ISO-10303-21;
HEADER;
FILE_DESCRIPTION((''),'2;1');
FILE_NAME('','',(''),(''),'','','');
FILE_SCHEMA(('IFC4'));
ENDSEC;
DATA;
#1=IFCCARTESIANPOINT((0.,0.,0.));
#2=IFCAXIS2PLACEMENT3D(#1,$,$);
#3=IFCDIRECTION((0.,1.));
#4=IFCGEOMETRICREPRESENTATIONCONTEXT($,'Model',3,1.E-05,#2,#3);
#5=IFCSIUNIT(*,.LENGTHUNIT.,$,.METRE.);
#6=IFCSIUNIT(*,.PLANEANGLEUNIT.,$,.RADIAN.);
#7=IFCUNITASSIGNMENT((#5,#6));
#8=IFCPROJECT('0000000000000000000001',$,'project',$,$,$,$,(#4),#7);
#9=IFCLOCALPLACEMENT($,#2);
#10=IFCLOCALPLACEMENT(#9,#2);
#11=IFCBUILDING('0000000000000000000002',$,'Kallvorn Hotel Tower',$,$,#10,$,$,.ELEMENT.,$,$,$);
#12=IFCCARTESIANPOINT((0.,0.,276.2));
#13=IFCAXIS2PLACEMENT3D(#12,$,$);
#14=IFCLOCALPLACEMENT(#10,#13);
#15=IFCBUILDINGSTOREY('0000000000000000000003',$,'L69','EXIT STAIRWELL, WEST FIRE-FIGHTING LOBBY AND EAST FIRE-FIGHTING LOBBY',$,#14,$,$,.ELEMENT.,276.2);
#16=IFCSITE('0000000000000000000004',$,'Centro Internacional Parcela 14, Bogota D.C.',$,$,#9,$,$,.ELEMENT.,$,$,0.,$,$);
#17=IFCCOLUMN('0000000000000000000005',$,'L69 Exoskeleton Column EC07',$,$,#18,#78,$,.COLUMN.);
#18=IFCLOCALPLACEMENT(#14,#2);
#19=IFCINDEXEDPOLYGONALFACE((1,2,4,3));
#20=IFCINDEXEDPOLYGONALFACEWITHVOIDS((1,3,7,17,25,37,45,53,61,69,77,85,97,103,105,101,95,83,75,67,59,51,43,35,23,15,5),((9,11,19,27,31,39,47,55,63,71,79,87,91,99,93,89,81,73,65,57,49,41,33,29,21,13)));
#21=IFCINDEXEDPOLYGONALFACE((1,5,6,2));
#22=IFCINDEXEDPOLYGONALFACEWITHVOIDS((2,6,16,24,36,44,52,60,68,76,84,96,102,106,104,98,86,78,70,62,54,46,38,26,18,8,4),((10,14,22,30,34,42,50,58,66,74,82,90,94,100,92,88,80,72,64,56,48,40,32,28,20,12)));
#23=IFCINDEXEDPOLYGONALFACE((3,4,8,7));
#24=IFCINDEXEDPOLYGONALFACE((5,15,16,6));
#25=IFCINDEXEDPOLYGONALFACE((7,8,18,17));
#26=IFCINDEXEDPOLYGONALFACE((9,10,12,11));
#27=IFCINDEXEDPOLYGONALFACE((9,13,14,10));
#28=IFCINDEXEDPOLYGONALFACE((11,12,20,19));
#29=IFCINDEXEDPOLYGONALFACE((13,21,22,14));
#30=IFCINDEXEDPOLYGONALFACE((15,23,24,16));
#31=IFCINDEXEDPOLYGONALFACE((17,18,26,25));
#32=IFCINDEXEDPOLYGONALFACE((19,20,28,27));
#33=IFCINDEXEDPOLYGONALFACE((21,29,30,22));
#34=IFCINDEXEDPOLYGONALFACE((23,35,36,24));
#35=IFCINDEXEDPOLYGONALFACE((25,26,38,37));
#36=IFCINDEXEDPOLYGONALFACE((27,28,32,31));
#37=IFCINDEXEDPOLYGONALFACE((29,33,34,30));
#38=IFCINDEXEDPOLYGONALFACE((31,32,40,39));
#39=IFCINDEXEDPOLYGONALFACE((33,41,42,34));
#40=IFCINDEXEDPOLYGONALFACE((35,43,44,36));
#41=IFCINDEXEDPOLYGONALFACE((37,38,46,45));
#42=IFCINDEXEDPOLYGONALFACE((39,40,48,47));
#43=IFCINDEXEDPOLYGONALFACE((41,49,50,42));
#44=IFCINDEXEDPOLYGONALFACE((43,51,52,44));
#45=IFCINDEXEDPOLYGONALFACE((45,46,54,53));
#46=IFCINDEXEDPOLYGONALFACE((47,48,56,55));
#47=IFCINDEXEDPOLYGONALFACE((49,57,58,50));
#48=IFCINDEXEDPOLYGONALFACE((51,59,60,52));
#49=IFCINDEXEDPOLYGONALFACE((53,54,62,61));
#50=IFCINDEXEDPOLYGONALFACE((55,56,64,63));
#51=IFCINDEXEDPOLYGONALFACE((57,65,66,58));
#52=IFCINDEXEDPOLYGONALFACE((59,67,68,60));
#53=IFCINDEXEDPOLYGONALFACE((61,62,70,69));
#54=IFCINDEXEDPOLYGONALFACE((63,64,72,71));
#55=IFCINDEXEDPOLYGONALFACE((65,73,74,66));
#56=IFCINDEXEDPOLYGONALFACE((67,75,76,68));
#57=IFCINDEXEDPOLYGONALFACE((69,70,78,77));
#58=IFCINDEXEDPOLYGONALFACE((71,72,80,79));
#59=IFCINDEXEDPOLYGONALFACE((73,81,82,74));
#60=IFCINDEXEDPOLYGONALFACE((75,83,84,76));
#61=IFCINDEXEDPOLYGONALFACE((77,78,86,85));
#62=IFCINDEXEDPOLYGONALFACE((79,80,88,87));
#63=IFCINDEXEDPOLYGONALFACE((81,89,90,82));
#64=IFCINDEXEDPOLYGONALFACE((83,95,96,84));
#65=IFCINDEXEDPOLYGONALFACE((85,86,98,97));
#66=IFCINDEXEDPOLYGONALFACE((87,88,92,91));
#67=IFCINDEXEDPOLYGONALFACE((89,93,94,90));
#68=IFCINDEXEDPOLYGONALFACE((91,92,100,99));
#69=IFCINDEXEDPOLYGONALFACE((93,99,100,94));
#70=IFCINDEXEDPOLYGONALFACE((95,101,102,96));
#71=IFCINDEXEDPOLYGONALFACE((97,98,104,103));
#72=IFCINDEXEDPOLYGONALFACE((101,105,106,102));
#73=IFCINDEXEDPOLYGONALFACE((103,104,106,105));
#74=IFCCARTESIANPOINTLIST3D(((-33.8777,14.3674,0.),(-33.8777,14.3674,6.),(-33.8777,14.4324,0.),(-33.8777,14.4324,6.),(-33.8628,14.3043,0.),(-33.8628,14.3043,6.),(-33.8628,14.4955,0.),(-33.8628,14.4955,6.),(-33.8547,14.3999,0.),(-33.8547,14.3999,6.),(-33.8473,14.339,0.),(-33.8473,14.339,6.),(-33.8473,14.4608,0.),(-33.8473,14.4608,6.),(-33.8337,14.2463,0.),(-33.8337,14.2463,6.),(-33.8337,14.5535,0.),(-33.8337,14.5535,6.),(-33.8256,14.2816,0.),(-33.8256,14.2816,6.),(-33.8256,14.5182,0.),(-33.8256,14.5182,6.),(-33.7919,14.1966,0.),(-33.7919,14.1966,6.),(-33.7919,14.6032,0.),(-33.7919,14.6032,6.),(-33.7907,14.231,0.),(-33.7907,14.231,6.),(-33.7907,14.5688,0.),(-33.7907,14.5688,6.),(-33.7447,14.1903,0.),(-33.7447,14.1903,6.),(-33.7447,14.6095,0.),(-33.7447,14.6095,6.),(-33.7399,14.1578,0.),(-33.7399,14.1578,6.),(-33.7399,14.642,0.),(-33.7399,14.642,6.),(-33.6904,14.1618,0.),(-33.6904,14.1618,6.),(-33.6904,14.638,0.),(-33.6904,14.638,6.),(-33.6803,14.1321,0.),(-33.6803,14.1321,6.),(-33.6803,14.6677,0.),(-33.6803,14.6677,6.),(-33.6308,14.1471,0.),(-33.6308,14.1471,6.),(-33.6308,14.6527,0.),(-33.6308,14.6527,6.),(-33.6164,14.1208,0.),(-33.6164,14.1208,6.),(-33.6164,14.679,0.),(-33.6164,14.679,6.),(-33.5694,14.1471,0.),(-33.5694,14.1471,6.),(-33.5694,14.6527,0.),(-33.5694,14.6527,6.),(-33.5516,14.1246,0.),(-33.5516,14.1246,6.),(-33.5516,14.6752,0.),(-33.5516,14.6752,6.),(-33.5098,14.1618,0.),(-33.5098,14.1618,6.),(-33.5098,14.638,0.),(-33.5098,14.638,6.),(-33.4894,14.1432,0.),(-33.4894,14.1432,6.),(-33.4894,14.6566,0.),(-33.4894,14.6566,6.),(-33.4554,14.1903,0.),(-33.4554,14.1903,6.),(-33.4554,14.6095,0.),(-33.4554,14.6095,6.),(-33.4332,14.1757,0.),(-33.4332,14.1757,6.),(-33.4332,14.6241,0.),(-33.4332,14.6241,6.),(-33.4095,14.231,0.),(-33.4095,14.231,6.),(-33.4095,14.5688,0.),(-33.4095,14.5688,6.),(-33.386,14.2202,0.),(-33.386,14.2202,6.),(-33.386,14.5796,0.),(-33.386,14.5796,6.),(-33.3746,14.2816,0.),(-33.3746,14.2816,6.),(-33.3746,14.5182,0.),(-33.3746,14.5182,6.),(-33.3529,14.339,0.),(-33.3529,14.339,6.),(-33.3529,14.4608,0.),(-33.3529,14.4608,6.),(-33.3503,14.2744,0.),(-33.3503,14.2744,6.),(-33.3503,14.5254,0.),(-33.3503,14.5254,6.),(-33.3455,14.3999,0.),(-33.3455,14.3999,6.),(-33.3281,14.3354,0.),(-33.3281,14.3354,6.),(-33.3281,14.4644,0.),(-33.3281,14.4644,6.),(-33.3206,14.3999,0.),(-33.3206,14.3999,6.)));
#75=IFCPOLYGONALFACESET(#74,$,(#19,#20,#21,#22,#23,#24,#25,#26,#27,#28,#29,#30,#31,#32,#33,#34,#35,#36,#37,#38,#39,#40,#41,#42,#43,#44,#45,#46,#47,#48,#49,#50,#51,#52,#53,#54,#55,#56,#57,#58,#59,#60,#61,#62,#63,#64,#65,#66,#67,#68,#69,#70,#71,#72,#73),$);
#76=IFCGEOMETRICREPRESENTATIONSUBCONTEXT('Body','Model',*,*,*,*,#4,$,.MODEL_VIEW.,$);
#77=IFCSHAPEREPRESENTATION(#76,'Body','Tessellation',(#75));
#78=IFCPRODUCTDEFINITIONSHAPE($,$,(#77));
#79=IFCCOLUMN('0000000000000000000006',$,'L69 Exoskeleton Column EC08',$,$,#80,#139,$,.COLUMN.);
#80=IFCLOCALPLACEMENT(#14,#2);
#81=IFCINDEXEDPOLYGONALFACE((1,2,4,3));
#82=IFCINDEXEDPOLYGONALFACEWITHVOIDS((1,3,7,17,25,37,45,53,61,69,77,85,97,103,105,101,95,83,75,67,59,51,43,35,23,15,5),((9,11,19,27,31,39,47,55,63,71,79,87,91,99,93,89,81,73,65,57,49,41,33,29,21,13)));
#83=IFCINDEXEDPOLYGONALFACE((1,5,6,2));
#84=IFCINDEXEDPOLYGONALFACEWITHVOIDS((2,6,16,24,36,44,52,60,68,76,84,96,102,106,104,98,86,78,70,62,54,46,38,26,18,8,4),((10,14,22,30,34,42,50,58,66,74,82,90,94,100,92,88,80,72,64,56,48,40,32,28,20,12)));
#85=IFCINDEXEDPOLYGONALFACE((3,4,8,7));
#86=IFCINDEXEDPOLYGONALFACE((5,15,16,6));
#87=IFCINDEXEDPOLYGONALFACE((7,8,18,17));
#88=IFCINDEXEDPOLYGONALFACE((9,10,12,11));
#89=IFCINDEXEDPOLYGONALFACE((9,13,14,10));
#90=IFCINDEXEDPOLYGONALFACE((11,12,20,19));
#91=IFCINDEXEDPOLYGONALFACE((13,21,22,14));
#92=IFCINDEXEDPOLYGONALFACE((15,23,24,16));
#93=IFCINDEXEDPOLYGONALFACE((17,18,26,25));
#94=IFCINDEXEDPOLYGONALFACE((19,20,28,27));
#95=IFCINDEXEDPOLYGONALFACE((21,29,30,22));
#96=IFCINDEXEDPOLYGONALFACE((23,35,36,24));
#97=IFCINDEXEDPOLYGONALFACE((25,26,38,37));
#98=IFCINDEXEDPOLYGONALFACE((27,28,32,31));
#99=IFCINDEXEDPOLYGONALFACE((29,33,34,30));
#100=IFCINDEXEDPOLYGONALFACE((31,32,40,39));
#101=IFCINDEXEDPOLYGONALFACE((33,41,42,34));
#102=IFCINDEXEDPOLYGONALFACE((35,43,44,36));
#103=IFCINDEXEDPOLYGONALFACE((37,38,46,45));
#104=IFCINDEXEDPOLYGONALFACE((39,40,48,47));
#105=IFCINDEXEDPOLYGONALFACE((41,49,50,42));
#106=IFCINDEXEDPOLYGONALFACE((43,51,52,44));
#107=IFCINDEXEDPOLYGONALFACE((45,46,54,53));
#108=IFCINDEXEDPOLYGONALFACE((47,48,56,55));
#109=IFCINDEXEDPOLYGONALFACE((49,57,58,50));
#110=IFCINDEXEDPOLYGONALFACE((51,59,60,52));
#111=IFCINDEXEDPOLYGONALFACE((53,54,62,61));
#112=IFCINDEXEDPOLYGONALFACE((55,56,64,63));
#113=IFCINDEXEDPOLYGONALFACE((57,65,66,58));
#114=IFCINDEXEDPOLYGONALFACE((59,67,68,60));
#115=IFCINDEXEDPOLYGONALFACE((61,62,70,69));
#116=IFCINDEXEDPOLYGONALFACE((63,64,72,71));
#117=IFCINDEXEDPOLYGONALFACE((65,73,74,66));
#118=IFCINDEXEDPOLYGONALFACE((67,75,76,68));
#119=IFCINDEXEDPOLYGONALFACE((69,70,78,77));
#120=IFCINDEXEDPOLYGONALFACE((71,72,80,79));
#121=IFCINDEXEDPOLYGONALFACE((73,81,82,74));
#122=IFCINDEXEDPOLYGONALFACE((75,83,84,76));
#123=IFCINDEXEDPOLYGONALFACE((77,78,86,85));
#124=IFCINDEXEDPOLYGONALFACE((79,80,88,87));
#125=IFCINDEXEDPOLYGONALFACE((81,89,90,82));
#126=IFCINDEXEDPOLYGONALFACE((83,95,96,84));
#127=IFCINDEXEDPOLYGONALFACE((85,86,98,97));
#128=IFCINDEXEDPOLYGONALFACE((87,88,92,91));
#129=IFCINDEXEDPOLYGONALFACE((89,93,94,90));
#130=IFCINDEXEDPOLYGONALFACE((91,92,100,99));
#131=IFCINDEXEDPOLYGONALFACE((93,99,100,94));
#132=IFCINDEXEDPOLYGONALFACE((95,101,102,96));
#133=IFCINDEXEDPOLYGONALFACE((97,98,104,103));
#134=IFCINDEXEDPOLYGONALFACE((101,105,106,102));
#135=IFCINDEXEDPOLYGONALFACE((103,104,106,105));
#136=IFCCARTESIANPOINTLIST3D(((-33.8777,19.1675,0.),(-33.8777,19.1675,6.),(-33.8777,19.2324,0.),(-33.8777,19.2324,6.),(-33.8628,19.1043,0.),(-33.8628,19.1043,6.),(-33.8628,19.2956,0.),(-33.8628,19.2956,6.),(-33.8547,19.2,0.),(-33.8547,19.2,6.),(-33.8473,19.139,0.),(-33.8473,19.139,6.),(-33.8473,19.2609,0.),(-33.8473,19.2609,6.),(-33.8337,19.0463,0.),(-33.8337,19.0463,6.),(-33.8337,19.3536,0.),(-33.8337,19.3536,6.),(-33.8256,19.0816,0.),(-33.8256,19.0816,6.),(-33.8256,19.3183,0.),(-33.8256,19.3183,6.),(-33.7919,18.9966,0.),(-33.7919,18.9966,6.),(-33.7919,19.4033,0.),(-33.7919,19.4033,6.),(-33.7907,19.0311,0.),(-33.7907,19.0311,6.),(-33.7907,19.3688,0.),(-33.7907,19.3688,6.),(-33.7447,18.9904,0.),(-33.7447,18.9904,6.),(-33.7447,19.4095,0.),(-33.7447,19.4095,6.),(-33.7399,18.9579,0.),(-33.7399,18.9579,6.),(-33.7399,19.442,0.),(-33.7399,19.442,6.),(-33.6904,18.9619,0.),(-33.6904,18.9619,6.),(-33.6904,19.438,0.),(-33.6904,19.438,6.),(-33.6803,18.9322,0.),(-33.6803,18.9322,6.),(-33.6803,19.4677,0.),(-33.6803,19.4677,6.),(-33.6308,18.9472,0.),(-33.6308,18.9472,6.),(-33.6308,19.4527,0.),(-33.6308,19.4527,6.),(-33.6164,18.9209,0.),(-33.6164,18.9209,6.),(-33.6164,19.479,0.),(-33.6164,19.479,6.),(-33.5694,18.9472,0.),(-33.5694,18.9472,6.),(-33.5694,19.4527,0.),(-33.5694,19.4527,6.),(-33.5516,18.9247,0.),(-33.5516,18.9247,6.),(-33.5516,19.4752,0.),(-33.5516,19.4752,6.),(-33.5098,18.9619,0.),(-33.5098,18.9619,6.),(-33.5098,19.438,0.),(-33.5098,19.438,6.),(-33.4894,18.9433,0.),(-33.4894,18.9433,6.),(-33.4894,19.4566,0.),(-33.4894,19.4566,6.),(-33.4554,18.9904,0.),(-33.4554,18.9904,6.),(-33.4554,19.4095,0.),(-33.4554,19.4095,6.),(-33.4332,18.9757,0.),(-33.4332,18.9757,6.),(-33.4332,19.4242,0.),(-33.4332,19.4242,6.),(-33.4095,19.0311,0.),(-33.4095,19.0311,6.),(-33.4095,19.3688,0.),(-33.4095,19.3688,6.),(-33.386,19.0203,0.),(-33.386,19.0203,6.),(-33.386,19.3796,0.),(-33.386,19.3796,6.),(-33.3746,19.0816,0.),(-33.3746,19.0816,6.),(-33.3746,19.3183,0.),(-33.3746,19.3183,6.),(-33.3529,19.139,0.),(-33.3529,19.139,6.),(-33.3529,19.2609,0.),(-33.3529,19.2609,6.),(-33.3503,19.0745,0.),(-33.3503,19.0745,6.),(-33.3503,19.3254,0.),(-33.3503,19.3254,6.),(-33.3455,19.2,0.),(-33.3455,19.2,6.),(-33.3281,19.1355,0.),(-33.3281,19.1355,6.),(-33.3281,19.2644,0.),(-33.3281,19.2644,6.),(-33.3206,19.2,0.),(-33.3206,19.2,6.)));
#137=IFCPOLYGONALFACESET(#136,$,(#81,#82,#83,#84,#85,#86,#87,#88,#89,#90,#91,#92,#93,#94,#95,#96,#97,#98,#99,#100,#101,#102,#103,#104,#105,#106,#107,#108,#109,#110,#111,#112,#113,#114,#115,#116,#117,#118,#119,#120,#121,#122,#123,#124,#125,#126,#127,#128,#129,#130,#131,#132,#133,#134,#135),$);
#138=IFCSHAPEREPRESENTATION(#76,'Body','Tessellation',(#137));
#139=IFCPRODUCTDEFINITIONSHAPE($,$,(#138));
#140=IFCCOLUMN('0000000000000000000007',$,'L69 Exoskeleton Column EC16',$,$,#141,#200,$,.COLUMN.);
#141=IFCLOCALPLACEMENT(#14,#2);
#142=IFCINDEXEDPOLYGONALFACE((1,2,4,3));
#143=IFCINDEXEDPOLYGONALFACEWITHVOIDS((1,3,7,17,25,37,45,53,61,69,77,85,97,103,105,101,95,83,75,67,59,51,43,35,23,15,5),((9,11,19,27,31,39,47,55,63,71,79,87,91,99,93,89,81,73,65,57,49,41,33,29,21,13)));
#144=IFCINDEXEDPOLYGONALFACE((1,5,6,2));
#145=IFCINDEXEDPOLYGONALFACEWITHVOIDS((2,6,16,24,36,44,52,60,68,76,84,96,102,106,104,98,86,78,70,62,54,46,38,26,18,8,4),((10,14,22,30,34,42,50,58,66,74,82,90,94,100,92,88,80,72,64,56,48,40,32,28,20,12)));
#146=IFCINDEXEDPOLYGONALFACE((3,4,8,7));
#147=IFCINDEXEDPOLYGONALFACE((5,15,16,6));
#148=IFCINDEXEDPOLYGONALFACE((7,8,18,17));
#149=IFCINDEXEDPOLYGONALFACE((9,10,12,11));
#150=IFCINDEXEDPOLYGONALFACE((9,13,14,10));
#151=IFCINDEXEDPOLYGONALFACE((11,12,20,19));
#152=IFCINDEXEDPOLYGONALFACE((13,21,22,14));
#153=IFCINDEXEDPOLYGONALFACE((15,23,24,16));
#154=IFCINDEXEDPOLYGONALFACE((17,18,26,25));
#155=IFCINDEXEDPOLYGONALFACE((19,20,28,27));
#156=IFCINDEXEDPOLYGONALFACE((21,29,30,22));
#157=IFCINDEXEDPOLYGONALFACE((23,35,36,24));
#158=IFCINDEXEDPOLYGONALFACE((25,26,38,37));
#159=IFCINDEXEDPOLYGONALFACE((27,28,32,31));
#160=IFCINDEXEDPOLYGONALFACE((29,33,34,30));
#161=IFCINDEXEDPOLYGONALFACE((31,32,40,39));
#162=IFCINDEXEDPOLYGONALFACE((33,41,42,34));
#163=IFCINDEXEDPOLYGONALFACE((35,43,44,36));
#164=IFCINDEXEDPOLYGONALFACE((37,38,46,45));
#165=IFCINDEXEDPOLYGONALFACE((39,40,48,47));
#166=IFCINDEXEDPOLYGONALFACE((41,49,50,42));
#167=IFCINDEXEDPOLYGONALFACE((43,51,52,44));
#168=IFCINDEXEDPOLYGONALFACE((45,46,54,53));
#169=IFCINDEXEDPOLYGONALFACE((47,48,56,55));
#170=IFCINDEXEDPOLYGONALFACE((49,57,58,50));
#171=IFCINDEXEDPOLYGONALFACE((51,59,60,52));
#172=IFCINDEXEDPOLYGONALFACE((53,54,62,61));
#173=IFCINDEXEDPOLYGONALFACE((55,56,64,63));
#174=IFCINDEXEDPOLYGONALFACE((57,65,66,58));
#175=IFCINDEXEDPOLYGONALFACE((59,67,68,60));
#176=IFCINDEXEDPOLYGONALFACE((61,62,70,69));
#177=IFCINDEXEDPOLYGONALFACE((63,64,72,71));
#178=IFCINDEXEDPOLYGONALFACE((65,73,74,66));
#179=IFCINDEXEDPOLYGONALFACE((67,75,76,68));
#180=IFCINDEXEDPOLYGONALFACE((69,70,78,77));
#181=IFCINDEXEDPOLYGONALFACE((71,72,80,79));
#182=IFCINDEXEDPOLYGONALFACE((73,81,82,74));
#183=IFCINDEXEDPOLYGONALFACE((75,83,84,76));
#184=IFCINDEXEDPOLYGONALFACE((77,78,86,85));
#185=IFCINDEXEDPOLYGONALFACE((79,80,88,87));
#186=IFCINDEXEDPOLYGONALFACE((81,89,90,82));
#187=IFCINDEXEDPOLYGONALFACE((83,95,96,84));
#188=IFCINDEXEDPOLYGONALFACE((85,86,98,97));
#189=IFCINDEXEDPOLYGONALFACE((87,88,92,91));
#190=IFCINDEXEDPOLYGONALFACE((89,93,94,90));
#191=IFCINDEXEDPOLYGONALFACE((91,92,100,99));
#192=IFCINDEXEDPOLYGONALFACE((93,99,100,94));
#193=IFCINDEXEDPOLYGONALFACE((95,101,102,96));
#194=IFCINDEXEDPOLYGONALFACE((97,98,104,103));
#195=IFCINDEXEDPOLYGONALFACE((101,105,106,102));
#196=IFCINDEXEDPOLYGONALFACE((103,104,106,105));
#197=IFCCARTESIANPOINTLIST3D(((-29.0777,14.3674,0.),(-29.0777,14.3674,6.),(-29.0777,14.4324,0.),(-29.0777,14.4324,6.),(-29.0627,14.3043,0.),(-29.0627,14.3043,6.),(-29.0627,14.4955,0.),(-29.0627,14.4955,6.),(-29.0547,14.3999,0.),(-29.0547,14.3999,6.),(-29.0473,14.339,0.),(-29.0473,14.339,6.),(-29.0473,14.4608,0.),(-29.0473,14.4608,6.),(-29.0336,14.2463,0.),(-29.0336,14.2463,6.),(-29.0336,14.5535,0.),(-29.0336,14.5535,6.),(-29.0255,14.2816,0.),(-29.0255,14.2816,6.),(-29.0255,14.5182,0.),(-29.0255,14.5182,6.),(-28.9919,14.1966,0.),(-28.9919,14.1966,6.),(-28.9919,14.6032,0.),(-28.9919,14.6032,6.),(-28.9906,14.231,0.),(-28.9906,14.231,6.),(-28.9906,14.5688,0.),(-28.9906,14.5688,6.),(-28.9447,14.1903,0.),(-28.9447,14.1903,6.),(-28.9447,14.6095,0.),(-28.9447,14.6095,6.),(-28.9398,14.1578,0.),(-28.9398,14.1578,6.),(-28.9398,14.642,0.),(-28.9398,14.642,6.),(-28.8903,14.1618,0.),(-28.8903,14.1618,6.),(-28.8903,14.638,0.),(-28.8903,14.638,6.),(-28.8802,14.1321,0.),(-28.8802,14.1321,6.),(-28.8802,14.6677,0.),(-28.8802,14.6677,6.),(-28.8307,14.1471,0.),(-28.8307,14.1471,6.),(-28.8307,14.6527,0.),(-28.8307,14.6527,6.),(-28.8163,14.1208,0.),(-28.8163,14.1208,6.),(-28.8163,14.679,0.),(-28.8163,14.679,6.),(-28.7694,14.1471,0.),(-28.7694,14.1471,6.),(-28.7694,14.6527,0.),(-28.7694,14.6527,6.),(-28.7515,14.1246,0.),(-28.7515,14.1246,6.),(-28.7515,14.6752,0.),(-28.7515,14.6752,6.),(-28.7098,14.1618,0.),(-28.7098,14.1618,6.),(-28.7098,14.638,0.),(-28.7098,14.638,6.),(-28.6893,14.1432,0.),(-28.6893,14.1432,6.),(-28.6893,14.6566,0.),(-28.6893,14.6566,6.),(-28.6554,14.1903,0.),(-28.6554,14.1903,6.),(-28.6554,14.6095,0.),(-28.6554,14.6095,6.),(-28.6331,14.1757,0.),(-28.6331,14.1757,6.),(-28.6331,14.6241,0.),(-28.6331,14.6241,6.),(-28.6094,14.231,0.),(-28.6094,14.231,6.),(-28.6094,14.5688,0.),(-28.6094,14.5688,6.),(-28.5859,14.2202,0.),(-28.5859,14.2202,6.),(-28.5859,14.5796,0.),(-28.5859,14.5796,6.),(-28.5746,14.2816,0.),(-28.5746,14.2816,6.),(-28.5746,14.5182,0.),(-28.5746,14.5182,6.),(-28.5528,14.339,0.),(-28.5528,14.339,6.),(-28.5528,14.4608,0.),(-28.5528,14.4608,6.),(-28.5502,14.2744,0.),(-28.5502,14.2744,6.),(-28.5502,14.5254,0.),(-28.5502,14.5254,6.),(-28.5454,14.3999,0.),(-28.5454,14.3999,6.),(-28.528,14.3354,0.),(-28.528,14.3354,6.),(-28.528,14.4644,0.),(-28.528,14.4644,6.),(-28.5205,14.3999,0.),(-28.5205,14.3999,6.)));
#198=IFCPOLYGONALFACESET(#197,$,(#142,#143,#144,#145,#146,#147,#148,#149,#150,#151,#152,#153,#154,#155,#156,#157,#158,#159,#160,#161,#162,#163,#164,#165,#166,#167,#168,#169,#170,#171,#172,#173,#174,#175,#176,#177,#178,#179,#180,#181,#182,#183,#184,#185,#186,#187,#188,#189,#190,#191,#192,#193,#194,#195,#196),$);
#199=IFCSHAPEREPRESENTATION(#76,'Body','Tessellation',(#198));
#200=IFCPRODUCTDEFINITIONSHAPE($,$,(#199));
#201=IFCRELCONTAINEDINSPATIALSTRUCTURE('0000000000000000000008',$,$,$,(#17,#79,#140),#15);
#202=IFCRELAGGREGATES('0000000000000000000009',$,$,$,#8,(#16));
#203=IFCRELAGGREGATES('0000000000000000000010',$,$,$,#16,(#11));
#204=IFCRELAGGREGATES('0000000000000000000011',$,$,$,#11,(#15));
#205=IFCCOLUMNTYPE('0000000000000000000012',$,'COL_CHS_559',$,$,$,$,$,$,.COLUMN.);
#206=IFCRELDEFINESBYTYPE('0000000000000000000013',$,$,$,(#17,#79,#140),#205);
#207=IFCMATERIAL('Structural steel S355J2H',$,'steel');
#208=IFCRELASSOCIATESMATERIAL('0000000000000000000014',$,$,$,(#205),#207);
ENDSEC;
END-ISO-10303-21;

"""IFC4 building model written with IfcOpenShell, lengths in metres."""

from ifc_helpers import new_model, si_unit, direction, frame, origin, origin_2d, place, context, subcontext, project, spatial, hollow_circle, extrude, material, material_profile, profile_set, type_object, element, save


model = new_model("IFC4")

# Units and contexts
model_context = context("Model", 3, precision=1e-05, world=origin(), true_north=direction((0.0, 1.0)))
body_context = subcontext(model_context, "Body", "Model", "MODEL_VIEW")
ifc_project = project(units=[si_unit("LENGTHUNIT", "METRE"), si_unit("PLANEANGLEUNIT", "RADIAN")], contexts=[model_context])

# Site, building, storey
site_placement = place(None, origin())
site = spatial("IfcSite", under=ifc_project, at=site_placement, Name="Centro Internacional Parcela 14, Bogota D.C.", CompositionType="ELEMENT", RefElevation=0.0)
building_placement = place(site_placement, origin())
building = spatial("IfcBuilding", under=site, at=building_placement, Name="Kallvorn Hotel Tower", CompositionType="ELEMENT")
storey_placement = place(building_placement, frame((0.0, 0.0, 276.2)))
storey = spatial("IfcBuildingStorey", under=building, at=storey_placement, Name="L69", Description="EXIT STAIRWELL, WEST FIRE-FIGHTING LOBBY AND EAST FIRE-FIGHTING LOBBY", CompositionType="ELEMENT", Elevation=276.2)

# Columns
ifc_material_1 = material(Name="Structural steel S355J2H", Category="steel")
ifc_material_profile_1 = material_profile(ifc_material_1, hollow_circle(Radius=0.2795, WallThickness=0.0249, at=origin_2d()), Name="CHS 559x25")
ifc_profile_set_1 = profile_set([ifc_material_profile_1], Name="Structural steel S355J2H")
column_type_1 = type_object("IfcColumnType", Name="COL_CHS_559", PredefinedType="COLUMN", material=ifc_profile_set_1)
for number, where, z_axis, x_axis, name in (
    (1, (-33.6001, 14.3999, 0.0), (0.0, 0.0, 1.0), (1.0, 0.0, 0.0), "L69 Exoskeleton Column EC07"),
    (2, (-33.6001, 19.2, 0.0), (0.0, 0.0, 1.0), (1.0, 0.0, 0.0), "L69 Exoskeleton Column EC08"),
    (3, (-28.8, 14.3999, 0.0), (0.0, 0.0, 1.0), (1.0, 0.0, 0.0), "L69 Exoskeleton Column EC16"),
):
    element("IfcColumn", number, at=place(storey_placement, frame(where, z_axis=z_axis, x_axis=x_axis)), inside=storey, type_object=column_type_1, Name=name, PredefinedType="COLUMN", context=body_context, shape_type="SweptSolid", body=[
        extrude(hollow_circle(Radius=0.2795, WallThickness=0.0249, at=origin_2d()), origin(), (0.0, 0.0, 1.0), 6.0),
    ])

save(model, "model.ifc")
